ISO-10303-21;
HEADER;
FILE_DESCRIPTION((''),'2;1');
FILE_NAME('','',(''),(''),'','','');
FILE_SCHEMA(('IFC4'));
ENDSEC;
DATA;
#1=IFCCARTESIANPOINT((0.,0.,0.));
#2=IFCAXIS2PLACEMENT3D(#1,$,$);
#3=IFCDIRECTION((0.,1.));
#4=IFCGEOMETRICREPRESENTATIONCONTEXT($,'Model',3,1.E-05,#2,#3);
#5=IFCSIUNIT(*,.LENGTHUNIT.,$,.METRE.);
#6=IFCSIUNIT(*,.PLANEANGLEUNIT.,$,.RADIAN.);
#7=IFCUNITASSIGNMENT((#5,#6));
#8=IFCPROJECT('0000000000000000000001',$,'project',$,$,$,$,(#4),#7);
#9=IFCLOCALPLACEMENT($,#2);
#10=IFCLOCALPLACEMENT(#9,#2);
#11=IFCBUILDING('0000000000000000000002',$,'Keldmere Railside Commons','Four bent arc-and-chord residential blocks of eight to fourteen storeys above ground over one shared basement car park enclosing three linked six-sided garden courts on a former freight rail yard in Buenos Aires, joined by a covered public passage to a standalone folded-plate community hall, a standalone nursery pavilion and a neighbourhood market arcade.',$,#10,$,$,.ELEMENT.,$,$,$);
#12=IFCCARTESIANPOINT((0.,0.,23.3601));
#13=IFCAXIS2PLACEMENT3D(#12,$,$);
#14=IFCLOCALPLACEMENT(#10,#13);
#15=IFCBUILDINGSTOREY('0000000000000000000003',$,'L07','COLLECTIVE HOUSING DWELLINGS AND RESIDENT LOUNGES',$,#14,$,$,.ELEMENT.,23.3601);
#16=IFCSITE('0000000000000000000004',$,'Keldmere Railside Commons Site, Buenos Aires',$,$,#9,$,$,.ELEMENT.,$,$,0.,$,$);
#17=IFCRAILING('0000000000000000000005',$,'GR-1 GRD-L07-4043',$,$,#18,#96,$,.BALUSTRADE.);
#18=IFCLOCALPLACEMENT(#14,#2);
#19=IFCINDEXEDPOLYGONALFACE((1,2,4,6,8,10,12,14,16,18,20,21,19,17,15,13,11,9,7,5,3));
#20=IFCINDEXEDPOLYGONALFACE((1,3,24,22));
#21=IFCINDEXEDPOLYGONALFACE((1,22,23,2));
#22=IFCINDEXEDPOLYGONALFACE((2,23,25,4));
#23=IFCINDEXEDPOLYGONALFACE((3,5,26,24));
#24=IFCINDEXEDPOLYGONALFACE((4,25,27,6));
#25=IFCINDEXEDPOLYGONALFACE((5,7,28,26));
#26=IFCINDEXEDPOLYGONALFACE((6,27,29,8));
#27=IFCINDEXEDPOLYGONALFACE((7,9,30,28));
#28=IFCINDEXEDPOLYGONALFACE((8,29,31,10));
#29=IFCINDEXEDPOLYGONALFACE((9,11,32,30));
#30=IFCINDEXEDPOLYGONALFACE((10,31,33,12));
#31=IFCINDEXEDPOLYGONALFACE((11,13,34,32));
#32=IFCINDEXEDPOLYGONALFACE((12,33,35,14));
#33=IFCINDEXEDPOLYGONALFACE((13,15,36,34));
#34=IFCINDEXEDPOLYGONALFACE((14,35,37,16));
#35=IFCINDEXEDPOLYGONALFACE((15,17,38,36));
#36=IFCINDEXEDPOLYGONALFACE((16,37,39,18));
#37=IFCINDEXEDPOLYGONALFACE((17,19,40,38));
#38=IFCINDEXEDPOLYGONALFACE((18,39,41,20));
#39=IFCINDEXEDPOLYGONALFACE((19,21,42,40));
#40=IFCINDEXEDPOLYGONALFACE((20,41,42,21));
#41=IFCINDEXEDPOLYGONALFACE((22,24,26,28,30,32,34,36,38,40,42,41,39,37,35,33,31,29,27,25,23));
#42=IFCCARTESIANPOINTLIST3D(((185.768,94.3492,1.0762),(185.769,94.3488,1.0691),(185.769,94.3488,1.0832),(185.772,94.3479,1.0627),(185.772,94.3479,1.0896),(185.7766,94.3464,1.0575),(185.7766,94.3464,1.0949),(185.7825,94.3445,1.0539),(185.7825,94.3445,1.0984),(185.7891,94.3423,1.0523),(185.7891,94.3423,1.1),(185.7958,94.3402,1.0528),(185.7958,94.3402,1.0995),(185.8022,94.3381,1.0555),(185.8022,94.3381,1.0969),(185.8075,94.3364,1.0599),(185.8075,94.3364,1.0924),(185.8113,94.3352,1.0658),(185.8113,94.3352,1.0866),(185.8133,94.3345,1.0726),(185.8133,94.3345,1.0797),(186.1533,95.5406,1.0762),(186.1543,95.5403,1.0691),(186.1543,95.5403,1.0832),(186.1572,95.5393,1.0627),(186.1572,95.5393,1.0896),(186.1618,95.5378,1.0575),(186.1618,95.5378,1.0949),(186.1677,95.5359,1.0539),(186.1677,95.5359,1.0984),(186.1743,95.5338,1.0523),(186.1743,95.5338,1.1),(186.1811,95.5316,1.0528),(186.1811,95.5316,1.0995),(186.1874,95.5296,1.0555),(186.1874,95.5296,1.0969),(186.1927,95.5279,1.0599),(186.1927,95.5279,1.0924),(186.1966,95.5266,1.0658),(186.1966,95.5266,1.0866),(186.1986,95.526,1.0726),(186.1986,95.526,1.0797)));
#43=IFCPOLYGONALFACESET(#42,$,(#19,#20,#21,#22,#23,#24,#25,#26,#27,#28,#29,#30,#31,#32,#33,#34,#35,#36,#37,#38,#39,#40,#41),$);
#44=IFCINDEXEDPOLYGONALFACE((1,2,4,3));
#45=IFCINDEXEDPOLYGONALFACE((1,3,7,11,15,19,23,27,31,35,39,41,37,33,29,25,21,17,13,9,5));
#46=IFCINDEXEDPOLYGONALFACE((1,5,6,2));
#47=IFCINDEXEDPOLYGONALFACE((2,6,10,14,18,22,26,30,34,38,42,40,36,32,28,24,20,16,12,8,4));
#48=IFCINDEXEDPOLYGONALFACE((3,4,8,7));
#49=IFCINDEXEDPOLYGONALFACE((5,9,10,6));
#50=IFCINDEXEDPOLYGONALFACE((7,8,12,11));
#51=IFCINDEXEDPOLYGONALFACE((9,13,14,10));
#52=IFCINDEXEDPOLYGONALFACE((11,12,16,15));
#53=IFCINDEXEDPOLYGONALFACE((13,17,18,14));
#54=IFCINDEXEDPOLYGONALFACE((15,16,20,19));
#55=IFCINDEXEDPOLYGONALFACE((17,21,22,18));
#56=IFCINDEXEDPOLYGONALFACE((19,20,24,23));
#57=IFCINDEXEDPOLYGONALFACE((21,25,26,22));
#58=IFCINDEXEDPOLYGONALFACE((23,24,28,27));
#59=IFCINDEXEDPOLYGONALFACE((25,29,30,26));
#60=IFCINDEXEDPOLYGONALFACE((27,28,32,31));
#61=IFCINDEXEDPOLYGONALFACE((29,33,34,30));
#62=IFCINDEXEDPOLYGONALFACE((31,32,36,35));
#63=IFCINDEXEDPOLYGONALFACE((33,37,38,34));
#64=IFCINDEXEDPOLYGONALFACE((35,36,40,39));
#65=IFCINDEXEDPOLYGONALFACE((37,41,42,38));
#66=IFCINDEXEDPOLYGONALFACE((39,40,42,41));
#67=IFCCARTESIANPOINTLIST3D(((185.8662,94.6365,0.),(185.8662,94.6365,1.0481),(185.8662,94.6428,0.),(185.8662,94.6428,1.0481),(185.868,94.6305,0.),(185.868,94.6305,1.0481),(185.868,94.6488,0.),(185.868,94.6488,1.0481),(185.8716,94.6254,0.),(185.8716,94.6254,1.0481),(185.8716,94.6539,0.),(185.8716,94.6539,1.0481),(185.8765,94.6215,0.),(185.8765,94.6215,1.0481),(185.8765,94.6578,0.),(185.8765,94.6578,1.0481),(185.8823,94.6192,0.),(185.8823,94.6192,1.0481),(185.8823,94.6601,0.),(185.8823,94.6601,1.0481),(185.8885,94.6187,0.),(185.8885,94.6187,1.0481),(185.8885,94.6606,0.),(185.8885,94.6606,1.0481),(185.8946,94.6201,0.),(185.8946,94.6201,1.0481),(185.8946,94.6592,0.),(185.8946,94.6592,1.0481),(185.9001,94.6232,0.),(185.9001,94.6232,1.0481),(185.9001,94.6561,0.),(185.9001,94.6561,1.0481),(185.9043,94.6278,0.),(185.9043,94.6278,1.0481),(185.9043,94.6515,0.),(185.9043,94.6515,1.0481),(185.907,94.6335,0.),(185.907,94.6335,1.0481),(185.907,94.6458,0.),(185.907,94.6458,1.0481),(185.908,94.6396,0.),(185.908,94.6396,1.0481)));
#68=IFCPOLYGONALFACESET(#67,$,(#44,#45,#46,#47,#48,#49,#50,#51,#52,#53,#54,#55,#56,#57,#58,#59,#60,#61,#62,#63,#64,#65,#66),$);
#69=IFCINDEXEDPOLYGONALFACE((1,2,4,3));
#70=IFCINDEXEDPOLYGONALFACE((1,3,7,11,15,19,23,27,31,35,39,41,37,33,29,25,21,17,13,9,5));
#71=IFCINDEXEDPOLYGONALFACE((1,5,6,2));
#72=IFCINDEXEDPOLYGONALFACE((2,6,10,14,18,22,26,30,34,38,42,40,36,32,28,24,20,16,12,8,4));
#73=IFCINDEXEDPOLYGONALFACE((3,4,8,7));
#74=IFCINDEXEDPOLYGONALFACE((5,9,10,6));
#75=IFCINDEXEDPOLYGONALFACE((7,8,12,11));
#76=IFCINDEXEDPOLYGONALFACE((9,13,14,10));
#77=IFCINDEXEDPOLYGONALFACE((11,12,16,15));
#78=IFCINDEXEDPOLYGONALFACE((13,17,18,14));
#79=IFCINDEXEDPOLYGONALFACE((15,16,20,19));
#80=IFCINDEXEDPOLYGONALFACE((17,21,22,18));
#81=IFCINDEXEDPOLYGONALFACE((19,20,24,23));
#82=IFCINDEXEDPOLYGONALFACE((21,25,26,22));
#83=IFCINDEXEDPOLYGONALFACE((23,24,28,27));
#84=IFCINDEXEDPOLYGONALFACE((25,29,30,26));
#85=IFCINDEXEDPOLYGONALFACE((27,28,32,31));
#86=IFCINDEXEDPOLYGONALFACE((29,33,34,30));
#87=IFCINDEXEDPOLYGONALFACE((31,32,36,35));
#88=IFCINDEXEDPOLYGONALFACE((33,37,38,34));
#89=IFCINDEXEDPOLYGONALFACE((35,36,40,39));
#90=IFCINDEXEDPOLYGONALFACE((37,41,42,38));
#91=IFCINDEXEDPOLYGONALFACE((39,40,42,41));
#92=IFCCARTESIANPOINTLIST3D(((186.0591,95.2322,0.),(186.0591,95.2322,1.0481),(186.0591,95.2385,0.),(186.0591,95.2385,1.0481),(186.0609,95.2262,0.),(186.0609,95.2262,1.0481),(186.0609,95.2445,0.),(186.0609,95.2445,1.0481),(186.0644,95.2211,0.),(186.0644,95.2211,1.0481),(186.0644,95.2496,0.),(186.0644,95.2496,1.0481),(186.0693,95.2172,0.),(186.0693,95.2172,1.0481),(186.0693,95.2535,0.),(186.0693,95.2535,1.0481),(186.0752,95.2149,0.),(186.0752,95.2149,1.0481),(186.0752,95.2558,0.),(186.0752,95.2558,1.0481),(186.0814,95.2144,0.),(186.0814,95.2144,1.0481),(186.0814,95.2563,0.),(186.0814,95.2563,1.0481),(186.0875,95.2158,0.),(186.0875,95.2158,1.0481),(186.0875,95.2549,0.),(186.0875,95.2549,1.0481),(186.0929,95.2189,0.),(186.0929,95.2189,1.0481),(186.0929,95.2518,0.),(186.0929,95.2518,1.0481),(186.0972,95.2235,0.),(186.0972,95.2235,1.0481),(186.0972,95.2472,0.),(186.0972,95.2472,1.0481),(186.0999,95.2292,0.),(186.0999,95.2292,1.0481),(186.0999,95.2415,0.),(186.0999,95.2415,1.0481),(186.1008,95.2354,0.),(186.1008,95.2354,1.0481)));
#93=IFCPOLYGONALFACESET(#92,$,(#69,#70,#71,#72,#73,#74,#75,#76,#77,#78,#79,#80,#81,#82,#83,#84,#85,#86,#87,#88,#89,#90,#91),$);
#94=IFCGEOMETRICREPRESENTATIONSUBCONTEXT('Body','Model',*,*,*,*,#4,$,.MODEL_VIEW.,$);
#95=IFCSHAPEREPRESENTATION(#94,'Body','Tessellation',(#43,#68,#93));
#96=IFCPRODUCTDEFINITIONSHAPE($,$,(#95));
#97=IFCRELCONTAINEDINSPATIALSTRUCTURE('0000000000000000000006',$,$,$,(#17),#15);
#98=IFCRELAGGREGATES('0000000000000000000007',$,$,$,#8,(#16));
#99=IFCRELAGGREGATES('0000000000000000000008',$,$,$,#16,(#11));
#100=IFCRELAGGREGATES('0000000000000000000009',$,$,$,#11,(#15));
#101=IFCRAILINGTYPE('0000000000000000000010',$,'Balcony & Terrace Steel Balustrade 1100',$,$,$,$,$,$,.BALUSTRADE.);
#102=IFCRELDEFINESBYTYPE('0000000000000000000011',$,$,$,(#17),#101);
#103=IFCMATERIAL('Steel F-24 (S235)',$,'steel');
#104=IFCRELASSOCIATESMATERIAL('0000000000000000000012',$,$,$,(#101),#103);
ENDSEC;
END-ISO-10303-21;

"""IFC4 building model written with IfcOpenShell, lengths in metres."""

from ifc_helpers import new_model, si_unit, direction, frame, origin, origin_2d, place, context, subcontext, project, spatial, circle, extrude, material, type_object, element, save


model = new_model("IFC4")

# Units and contexts
model_context = context("Model", 3, precision=1e-05, world=origin(), true_north=direction((0.0, 1.0)))
body_context = subcontext(model_context, "Body", "Model", "MODEL_VIEW")
ifc_project = project(units=[si_unit("LENGTHUNIT", "METRE"), si_unit("PLANEANGLEUNIT", "RADIAN")], contexts=[model_context])

# Site, building, storey
site_placement = place(None, origin())
site = spatial("IfcSite", under=ifc_project, at=site_placement, Name="Keldmere Railside Commons Site, Buenos Aires", CompositionType="ELEMENT", RefElevation=0.0)
building_placement = place(site_placement, origin())
building = spatial("IfcBuilding", under=site, at=building_placement, Name="Keldmere Railside Commons", Description="Four bent arc-and-chord residential blocks of eight to fourteen storeys above ground over one shared basement car park enclosing three linked six-sided garden courts on a former freight rail yard in Buenos Aires, joined by a covered public passage to a standalone folded-plate community hall, a standalone nursery pavilion and a neighbourhood market arcade.", CompositionType="ELEMENT")
storey_placement = place(building_placement, frame((0.0, 0.0, 23.3601)))
storey = spatial("IfcBuildingStorey", under=building, at=storey_placement, Name="L07", Description="COLLECTIVE HOUSING DWELLINGS AND RESIDENT LOUNGES", CompositionType="ELEMENT", Elevation=23.3601)

# Railing
ifc_material_1 = material(Name="Steel F-24 (S235)", Category="steel")
railing_type = type_object("IfcRailingType", Name="Balcony & Terrace Steel Balustrade 1100", PredefinedType="BALUSTRADE", material=ifc_material_1)
railing_1_placement = place(storey_placement, frame((185.7908, 94.3418, 0.0)))
element("IfcRailing", 1, at=railing_1_placement, inside=storey, type_object=railing_type, Name="GR-1 GRD-L07-4043", PredefinedType="BALUSTRADE", context=body_context, shape_type="SweptSolid", body=[
    extrude(circle(Radius=0.0239, at=origin_2d()), frame((0.0, 0.0, 1.0762), z_axis=(0.307675, 0.951492, 0.0), x_axis=(-0.951492, 0.307675, 0.0)), (0.0, 0.0, 1.0), 1.2522),
    extrude(circle(Radius=0.021, at=origin_2d()), frame((0.0962, 0.2979, 0.0)), (0.0, 0.0, 1.0), 1.0481),
    extrude(circle(Radius=0.021, at=origin_2d()), frame((0.2891, 0.8936, 0.0)), (0.0, 0.0, 1.0), 1.0481),
])

save(model, "model.ifc")
